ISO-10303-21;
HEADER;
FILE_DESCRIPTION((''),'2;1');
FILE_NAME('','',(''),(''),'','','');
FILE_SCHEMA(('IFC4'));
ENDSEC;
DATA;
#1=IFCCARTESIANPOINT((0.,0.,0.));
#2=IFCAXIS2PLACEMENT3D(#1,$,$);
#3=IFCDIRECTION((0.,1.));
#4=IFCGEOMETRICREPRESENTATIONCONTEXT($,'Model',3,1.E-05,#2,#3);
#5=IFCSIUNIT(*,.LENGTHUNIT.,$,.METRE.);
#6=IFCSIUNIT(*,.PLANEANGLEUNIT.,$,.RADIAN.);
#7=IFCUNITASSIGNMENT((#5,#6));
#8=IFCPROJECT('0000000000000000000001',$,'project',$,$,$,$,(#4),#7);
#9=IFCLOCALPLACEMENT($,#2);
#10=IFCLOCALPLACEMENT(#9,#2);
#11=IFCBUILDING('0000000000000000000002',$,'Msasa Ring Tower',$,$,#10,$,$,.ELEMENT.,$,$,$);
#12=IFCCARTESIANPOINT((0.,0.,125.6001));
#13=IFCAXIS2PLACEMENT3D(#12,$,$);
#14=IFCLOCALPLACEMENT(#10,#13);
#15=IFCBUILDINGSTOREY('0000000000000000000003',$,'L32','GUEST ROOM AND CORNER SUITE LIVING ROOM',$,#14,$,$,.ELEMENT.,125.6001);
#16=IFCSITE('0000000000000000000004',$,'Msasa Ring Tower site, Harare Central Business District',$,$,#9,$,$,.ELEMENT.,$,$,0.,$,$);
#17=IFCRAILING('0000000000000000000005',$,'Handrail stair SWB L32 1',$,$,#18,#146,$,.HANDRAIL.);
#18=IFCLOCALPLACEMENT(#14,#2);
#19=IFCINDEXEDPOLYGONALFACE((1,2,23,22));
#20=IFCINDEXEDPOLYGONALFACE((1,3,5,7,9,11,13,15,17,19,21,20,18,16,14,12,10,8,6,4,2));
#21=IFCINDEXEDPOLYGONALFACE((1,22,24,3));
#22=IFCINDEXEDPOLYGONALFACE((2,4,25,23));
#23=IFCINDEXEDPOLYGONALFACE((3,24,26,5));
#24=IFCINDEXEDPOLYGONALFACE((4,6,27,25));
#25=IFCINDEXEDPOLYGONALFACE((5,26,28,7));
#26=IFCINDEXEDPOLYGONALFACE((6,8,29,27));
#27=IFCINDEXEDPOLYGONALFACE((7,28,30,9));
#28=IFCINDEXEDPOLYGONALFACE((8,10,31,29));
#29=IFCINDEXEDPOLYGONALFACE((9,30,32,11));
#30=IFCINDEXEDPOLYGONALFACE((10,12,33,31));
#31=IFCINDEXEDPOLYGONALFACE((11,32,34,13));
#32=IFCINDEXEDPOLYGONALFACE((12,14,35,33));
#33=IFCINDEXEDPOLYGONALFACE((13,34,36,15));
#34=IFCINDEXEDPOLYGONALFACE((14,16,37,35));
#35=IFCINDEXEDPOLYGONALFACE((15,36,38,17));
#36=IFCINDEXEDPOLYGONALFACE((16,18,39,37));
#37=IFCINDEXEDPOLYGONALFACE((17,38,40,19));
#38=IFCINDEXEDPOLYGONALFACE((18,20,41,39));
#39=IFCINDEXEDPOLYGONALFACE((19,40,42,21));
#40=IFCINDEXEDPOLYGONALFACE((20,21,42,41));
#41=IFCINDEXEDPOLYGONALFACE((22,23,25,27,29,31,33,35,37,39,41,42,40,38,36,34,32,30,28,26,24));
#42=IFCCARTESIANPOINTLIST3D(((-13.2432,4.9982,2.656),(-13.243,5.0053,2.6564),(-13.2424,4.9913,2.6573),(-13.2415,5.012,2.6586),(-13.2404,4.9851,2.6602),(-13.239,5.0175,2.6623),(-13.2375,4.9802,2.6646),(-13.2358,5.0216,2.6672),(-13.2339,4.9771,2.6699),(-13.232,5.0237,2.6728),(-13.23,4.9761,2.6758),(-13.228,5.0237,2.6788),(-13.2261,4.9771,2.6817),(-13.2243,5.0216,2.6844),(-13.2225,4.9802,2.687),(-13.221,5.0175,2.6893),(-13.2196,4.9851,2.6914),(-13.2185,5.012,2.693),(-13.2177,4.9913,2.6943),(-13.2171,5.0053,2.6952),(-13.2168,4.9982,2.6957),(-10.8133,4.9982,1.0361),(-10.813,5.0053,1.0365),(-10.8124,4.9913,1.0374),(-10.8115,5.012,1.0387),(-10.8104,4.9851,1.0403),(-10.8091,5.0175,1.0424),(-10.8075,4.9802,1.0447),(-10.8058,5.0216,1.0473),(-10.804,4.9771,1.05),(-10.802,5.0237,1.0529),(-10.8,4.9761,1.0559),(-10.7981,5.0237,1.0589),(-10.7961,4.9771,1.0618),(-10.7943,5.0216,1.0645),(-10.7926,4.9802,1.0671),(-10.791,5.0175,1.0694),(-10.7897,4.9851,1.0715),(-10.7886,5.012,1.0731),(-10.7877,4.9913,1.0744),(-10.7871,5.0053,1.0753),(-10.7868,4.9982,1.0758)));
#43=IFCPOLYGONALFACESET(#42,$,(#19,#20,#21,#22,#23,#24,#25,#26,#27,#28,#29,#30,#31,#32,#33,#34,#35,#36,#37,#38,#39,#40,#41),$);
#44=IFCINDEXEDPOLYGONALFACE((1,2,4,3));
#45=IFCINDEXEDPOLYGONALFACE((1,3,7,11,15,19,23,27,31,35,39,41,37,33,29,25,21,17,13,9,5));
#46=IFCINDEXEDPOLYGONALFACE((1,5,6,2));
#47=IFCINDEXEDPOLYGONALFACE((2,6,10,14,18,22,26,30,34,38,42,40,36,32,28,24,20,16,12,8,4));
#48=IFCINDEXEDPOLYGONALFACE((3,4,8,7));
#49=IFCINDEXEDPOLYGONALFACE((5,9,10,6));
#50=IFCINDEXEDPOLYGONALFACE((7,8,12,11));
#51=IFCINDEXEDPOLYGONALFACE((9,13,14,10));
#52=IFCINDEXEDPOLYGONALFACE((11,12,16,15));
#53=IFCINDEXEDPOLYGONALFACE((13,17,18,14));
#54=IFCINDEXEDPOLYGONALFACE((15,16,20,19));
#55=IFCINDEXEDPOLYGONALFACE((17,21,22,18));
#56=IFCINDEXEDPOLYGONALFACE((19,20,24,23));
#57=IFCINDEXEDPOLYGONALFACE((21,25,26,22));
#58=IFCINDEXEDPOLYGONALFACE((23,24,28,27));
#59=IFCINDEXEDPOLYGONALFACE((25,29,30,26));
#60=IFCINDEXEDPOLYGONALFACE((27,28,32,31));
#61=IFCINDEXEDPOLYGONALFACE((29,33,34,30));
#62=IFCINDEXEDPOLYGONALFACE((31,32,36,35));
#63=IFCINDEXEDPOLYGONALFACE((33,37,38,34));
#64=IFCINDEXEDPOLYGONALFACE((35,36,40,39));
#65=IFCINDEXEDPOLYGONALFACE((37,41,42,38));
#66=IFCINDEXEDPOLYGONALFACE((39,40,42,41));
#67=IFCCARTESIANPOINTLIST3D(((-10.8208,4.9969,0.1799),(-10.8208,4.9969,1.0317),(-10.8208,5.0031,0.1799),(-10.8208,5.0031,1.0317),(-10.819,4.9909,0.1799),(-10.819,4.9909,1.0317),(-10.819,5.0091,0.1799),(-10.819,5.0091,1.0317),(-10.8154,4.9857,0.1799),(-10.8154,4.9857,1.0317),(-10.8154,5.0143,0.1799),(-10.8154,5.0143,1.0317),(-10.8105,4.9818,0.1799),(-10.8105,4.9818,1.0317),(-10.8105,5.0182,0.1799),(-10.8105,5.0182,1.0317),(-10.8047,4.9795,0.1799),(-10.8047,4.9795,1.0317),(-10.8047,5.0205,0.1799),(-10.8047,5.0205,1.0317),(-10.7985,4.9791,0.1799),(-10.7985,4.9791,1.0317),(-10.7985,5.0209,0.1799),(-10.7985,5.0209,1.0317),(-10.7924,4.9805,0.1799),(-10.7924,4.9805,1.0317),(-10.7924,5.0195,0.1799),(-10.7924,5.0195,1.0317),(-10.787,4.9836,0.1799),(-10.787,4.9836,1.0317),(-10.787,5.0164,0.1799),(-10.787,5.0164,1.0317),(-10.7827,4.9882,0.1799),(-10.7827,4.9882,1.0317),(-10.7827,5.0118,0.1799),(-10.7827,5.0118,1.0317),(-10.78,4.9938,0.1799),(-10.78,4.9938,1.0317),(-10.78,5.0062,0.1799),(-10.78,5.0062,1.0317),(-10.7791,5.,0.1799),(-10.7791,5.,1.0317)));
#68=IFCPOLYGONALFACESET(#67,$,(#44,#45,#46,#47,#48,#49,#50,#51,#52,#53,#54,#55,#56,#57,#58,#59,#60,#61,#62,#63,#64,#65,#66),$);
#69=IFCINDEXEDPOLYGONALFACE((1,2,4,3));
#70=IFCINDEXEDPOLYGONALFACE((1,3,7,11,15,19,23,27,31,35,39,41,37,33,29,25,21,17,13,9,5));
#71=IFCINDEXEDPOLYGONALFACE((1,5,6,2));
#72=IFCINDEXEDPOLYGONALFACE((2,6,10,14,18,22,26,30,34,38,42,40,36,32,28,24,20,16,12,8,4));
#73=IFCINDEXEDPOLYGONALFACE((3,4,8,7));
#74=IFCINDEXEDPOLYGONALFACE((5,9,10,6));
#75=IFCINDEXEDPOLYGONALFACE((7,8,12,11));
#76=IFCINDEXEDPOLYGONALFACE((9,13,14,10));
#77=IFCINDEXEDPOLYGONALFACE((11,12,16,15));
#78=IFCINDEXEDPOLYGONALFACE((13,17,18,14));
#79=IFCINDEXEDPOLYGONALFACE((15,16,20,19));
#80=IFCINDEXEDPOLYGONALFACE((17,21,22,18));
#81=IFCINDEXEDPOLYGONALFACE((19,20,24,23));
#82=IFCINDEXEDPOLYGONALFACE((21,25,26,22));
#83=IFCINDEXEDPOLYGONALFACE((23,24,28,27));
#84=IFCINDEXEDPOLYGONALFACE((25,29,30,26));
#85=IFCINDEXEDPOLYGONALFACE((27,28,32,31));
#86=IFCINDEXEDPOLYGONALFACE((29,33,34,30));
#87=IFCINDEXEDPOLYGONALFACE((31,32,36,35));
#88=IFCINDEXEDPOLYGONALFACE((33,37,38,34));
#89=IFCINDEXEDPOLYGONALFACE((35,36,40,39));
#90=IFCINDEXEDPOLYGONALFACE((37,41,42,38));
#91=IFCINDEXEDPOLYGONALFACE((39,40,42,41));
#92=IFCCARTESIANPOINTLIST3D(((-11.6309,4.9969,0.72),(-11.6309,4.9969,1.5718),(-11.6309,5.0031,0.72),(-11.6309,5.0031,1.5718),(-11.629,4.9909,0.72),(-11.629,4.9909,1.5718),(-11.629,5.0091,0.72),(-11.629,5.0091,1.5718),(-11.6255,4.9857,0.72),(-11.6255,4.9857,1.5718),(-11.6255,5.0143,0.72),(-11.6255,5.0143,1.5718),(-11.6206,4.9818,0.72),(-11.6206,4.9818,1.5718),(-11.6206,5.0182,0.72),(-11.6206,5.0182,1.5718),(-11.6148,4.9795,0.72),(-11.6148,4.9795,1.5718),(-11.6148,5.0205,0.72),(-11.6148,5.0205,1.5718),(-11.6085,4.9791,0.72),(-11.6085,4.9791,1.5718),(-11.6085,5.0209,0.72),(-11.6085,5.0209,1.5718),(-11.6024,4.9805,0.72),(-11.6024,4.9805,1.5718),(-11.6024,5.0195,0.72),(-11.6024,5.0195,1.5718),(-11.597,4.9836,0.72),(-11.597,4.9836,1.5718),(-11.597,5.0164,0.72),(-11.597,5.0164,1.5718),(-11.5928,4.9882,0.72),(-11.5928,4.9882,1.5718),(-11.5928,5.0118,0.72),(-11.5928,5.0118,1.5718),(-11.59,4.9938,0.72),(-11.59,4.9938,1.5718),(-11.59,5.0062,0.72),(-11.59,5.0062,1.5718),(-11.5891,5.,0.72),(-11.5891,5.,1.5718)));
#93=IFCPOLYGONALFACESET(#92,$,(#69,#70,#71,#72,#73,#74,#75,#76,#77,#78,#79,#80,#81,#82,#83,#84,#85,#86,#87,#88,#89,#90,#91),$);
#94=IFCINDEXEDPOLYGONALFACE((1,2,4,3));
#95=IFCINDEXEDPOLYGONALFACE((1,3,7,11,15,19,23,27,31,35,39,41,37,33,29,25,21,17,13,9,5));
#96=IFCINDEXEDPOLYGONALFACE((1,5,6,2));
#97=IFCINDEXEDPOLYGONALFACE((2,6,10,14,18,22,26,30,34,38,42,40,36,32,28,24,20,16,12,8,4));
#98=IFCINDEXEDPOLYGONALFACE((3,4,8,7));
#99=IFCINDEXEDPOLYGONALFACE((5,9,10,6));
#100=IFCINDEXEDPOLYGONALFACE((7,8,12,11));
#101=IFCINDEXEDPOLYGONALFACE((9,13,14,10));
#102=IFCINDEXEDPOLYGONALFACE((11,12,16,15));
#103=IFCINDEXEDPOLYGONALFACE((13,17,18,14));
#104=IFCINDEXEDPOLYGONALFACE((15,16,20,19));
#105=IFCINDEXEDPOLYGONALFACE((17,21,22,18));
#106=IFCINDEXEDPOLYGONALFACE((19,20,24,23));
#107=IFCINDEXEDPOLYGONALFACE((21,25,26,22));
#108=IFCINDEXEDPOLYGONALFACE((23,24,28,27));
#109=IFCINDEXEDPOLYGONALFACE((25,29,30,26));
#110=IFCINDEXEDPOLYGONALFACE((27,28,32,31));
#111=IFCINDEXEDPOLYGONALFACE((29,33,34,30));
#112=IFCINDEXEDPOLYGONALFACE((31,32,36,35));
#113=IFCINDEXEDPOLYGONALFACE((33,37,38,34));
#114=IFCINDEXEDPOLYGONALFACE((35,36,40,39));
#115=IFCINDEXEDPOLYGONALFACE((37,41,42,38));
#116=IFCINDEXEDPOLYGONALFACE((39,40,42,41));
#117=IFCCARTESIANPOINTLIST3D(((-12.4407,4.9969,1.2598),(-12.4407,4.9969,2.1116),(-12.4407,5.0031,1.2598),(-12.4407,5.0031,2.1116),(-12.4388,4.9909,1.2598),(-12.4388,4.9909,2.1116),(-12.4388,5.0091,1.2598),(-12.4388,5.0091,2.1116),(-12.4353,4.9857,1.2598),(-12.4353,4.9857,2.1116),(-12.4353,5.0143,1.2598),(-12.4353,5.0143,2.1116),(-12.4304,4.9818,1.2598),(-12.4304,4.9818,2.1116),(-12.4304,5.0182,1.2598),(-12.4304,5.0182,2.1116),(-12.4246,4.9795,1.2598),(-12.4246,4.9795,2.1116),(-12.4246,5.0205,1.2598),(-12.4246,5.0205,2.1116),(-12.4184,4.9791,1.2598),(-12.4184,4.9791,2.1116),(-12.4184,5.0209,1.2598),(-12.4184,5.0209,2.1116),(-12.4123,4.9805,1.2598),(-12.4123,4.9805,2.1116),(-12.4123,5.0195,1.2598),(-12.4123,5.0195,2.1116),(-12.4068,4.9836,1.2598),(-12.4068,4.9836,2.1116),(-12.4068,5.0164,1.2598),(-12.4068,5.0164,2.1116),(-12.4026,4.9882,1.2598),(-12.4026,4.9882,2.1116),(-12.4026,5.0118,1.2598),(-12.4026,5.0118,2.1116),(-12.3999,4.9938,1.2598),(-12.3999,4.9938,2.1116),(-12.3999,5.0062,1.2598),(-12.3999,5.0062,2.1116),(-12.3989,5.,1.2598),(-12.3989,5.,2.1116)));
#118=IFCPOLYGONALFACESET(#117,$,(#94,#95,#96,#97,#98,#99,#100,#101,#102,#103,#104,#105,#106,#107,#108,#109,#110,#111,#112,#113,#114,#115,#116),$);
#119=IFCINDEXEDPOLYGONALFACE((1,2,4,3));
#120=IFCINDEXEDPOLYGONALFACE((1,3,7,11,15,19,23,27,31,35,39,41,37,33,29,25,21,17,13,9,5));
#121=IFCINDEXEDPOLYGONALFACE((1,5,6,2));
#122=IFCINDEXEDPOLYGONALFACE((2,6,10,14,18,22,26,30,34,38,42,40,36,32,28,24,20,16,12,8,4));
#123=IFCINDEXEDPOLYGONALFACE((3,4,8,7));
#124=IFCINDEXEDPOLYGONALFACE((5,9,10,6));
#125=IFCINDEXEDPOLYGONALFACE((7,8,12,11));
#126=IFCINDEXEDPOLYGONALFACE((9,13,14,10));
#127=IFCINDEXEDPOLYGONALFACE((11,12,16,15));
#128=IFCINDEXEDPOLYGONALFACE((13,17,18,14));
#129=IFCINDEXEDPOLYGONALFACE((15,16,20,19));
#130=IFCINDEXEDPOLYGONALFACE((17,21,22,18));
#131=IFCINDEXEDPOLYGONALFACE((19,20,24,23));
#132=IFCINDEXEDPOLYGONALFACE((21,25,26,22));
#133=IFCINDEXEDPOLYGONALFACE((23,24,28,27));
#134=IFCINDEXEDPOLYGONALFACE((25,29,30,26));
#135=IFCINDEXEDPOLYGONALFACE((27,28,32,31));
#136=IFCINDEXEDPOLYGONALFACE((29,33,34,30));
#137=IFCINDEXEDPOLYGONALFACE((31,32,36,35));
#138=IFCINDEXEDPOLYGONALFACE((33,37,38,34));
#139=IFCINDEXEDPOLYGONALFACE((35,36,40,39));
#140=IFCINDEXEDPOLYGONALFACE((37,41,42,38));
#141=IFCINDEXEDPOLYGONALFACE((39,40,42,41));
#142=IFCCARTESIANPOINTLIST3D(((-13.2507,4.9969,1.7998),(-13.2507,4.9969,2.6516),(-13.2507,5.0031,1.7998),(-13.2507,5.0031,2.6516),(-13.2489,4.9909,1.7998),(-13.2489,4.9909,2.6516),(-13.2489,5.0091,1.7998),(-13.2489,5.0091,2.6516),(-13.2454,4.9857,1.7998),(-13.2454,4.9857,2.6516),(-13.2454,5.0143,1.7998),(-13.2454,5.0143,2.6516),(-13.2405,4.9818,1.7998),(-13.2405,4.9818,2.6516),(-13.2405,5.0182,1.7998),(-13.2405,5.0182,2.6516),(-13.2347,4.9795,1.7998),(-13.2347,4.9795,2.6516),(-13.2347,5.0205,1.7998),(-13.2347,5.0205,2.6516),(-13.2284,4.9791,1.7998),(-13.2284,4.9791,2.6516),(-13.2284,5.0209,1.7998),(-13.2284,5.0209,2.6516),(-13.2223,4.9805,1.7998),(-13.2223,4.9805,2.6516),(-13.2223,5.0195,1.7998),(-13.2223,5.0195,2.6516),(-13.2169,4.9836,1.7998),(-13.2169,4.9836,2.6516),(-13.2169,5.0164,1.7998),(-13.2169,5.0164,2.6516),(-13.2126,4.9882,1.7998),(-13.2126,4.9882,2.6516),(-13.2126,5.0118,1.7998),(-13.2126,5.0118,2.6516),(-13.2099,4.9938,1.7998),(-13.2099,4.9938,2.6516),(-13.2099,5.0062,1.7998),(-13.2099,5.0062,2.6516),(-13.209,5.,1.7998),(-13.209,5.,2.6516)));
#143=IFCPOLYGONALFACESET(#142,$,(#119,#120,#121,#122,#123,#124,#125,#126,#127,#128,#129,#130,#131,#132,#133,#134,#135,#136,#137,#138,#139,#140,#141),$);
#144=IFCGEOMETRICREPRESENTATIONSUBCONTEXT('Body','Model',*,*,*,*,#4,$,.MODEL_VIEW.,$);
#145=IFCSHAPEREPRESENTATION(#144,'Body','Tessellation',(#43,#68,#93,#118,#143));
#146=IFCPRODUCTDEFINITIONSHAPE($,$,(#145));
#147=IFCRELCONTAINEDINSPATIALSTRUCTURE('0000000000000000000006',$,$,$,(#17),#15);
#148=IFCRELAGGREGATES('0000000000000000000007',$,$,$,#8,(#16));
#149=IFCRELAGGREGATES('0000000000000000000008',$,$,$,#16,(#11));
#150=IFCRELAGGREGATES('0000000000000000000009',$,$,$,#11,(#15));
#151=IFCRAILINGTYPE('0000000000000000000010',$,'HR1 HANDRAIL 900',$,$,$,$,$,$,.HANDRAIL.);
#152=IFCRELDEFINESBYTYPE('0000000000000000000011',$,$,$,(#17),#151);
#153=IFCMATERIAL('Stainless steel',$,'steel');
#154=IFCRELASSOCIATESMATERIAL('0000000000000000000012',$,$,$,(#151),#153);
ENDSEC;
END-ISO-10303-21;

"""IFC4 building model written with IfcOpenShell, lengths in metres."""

from ifc_helpers import new_model, si_unit, direction, frame, origin, origin_2d, place, context, subcontext, project, spatial, circle, extrude, material, type_object, element, save


model = new_model("IFC4")

# Units and contexts
model_context = context("Model", 3, precision=1e-05, world=origin(), true_north=direction((0.0, 1.0)))
body_context = subcontext(model_context, "Body", "Model", "MODEL_VIEW")
ifc_project = project(units=[si_unit("LENGTHUNIT", "METRE"), si_unit("PLANEANGLEUNIT", "RADIAN")], contexts=[model_context])

# Site, building, storey
site_placement = place(None, origin())
site = spatial("IfcSite", under=ifc_project, at=site_placement, Name="Msasa Ring Tower site, Harare Central Business District", CompositionType="ELEMENT", RefElevation=0.0)
building_placement = place(site_placement, origin())
building = spatial("IfcBuilding", under=site, at=building_placement, Name="Msasa Ring Tower", CompositionType="ELEMENT")
storey_placement = place(building_placement, frame((0.0, 0.0, 125.6001)))
storey = spatial("IfcBuildingStorey", under=building, at=storey_placement, Name="L32", Description="GUEST ROOM AND CORNER SUITE LIVING ROOM", CompositionType="ELEMENT", Elevation=125.6001)

# Railing
ifc_material_1 = material(Name="Stainless steel", Category="steel")
railing_type = type_object("IfcRailingType", Name="HR1 HANDRAIL 900", PredefinedType="HANDRAIL", material=ifc_material_1)
for number, where, name in (
    (1, (-10.8, 5.0, 0.1799), "Handrail stair SWB L32 1"),
):
    element("IfcRailing", number, at=place(storey_placement, frame(where)), inside=storey, type_object=railing_type, Name=name, PredefinedType="HANDRAIL", context=body_context, shape_type="SweptSolid", body=[
        extrude(circle(Radius=0.0239, at=origin_2d()), frame((0.0, 0.0, 0.876), z_axis=(-0.832063, 0.0, 0.554681), x_axis=(0.0, -1.0, 0.0)), (0.0, 0.0, 1.0), 2.9204),
        extrude(circle(Radius=0.021, at=origin_2d()), origin(), (0.0, 0.0, 1.0), 0.8518),
        extrude(circle(Radius=0.021, at=origin_2d()), frame((-0.8101, 0.0, 0.54)), (0.0, 0.0, 1.0), 0.8518),
        extrude(circle(Radius=0.021, at=origin_2d()), frame((-1.6199, 0.0, 1.0798)), (0.0, 0.0, 1.0), 0.8518),
        extrude(circle(Radius=0.021, at=origin_2d()), frame((-2.4299, 0.0, 1.6199)), (0.0, 0.0, 1.0), 0.8518),
    ])

save(model, "model.ifc")
